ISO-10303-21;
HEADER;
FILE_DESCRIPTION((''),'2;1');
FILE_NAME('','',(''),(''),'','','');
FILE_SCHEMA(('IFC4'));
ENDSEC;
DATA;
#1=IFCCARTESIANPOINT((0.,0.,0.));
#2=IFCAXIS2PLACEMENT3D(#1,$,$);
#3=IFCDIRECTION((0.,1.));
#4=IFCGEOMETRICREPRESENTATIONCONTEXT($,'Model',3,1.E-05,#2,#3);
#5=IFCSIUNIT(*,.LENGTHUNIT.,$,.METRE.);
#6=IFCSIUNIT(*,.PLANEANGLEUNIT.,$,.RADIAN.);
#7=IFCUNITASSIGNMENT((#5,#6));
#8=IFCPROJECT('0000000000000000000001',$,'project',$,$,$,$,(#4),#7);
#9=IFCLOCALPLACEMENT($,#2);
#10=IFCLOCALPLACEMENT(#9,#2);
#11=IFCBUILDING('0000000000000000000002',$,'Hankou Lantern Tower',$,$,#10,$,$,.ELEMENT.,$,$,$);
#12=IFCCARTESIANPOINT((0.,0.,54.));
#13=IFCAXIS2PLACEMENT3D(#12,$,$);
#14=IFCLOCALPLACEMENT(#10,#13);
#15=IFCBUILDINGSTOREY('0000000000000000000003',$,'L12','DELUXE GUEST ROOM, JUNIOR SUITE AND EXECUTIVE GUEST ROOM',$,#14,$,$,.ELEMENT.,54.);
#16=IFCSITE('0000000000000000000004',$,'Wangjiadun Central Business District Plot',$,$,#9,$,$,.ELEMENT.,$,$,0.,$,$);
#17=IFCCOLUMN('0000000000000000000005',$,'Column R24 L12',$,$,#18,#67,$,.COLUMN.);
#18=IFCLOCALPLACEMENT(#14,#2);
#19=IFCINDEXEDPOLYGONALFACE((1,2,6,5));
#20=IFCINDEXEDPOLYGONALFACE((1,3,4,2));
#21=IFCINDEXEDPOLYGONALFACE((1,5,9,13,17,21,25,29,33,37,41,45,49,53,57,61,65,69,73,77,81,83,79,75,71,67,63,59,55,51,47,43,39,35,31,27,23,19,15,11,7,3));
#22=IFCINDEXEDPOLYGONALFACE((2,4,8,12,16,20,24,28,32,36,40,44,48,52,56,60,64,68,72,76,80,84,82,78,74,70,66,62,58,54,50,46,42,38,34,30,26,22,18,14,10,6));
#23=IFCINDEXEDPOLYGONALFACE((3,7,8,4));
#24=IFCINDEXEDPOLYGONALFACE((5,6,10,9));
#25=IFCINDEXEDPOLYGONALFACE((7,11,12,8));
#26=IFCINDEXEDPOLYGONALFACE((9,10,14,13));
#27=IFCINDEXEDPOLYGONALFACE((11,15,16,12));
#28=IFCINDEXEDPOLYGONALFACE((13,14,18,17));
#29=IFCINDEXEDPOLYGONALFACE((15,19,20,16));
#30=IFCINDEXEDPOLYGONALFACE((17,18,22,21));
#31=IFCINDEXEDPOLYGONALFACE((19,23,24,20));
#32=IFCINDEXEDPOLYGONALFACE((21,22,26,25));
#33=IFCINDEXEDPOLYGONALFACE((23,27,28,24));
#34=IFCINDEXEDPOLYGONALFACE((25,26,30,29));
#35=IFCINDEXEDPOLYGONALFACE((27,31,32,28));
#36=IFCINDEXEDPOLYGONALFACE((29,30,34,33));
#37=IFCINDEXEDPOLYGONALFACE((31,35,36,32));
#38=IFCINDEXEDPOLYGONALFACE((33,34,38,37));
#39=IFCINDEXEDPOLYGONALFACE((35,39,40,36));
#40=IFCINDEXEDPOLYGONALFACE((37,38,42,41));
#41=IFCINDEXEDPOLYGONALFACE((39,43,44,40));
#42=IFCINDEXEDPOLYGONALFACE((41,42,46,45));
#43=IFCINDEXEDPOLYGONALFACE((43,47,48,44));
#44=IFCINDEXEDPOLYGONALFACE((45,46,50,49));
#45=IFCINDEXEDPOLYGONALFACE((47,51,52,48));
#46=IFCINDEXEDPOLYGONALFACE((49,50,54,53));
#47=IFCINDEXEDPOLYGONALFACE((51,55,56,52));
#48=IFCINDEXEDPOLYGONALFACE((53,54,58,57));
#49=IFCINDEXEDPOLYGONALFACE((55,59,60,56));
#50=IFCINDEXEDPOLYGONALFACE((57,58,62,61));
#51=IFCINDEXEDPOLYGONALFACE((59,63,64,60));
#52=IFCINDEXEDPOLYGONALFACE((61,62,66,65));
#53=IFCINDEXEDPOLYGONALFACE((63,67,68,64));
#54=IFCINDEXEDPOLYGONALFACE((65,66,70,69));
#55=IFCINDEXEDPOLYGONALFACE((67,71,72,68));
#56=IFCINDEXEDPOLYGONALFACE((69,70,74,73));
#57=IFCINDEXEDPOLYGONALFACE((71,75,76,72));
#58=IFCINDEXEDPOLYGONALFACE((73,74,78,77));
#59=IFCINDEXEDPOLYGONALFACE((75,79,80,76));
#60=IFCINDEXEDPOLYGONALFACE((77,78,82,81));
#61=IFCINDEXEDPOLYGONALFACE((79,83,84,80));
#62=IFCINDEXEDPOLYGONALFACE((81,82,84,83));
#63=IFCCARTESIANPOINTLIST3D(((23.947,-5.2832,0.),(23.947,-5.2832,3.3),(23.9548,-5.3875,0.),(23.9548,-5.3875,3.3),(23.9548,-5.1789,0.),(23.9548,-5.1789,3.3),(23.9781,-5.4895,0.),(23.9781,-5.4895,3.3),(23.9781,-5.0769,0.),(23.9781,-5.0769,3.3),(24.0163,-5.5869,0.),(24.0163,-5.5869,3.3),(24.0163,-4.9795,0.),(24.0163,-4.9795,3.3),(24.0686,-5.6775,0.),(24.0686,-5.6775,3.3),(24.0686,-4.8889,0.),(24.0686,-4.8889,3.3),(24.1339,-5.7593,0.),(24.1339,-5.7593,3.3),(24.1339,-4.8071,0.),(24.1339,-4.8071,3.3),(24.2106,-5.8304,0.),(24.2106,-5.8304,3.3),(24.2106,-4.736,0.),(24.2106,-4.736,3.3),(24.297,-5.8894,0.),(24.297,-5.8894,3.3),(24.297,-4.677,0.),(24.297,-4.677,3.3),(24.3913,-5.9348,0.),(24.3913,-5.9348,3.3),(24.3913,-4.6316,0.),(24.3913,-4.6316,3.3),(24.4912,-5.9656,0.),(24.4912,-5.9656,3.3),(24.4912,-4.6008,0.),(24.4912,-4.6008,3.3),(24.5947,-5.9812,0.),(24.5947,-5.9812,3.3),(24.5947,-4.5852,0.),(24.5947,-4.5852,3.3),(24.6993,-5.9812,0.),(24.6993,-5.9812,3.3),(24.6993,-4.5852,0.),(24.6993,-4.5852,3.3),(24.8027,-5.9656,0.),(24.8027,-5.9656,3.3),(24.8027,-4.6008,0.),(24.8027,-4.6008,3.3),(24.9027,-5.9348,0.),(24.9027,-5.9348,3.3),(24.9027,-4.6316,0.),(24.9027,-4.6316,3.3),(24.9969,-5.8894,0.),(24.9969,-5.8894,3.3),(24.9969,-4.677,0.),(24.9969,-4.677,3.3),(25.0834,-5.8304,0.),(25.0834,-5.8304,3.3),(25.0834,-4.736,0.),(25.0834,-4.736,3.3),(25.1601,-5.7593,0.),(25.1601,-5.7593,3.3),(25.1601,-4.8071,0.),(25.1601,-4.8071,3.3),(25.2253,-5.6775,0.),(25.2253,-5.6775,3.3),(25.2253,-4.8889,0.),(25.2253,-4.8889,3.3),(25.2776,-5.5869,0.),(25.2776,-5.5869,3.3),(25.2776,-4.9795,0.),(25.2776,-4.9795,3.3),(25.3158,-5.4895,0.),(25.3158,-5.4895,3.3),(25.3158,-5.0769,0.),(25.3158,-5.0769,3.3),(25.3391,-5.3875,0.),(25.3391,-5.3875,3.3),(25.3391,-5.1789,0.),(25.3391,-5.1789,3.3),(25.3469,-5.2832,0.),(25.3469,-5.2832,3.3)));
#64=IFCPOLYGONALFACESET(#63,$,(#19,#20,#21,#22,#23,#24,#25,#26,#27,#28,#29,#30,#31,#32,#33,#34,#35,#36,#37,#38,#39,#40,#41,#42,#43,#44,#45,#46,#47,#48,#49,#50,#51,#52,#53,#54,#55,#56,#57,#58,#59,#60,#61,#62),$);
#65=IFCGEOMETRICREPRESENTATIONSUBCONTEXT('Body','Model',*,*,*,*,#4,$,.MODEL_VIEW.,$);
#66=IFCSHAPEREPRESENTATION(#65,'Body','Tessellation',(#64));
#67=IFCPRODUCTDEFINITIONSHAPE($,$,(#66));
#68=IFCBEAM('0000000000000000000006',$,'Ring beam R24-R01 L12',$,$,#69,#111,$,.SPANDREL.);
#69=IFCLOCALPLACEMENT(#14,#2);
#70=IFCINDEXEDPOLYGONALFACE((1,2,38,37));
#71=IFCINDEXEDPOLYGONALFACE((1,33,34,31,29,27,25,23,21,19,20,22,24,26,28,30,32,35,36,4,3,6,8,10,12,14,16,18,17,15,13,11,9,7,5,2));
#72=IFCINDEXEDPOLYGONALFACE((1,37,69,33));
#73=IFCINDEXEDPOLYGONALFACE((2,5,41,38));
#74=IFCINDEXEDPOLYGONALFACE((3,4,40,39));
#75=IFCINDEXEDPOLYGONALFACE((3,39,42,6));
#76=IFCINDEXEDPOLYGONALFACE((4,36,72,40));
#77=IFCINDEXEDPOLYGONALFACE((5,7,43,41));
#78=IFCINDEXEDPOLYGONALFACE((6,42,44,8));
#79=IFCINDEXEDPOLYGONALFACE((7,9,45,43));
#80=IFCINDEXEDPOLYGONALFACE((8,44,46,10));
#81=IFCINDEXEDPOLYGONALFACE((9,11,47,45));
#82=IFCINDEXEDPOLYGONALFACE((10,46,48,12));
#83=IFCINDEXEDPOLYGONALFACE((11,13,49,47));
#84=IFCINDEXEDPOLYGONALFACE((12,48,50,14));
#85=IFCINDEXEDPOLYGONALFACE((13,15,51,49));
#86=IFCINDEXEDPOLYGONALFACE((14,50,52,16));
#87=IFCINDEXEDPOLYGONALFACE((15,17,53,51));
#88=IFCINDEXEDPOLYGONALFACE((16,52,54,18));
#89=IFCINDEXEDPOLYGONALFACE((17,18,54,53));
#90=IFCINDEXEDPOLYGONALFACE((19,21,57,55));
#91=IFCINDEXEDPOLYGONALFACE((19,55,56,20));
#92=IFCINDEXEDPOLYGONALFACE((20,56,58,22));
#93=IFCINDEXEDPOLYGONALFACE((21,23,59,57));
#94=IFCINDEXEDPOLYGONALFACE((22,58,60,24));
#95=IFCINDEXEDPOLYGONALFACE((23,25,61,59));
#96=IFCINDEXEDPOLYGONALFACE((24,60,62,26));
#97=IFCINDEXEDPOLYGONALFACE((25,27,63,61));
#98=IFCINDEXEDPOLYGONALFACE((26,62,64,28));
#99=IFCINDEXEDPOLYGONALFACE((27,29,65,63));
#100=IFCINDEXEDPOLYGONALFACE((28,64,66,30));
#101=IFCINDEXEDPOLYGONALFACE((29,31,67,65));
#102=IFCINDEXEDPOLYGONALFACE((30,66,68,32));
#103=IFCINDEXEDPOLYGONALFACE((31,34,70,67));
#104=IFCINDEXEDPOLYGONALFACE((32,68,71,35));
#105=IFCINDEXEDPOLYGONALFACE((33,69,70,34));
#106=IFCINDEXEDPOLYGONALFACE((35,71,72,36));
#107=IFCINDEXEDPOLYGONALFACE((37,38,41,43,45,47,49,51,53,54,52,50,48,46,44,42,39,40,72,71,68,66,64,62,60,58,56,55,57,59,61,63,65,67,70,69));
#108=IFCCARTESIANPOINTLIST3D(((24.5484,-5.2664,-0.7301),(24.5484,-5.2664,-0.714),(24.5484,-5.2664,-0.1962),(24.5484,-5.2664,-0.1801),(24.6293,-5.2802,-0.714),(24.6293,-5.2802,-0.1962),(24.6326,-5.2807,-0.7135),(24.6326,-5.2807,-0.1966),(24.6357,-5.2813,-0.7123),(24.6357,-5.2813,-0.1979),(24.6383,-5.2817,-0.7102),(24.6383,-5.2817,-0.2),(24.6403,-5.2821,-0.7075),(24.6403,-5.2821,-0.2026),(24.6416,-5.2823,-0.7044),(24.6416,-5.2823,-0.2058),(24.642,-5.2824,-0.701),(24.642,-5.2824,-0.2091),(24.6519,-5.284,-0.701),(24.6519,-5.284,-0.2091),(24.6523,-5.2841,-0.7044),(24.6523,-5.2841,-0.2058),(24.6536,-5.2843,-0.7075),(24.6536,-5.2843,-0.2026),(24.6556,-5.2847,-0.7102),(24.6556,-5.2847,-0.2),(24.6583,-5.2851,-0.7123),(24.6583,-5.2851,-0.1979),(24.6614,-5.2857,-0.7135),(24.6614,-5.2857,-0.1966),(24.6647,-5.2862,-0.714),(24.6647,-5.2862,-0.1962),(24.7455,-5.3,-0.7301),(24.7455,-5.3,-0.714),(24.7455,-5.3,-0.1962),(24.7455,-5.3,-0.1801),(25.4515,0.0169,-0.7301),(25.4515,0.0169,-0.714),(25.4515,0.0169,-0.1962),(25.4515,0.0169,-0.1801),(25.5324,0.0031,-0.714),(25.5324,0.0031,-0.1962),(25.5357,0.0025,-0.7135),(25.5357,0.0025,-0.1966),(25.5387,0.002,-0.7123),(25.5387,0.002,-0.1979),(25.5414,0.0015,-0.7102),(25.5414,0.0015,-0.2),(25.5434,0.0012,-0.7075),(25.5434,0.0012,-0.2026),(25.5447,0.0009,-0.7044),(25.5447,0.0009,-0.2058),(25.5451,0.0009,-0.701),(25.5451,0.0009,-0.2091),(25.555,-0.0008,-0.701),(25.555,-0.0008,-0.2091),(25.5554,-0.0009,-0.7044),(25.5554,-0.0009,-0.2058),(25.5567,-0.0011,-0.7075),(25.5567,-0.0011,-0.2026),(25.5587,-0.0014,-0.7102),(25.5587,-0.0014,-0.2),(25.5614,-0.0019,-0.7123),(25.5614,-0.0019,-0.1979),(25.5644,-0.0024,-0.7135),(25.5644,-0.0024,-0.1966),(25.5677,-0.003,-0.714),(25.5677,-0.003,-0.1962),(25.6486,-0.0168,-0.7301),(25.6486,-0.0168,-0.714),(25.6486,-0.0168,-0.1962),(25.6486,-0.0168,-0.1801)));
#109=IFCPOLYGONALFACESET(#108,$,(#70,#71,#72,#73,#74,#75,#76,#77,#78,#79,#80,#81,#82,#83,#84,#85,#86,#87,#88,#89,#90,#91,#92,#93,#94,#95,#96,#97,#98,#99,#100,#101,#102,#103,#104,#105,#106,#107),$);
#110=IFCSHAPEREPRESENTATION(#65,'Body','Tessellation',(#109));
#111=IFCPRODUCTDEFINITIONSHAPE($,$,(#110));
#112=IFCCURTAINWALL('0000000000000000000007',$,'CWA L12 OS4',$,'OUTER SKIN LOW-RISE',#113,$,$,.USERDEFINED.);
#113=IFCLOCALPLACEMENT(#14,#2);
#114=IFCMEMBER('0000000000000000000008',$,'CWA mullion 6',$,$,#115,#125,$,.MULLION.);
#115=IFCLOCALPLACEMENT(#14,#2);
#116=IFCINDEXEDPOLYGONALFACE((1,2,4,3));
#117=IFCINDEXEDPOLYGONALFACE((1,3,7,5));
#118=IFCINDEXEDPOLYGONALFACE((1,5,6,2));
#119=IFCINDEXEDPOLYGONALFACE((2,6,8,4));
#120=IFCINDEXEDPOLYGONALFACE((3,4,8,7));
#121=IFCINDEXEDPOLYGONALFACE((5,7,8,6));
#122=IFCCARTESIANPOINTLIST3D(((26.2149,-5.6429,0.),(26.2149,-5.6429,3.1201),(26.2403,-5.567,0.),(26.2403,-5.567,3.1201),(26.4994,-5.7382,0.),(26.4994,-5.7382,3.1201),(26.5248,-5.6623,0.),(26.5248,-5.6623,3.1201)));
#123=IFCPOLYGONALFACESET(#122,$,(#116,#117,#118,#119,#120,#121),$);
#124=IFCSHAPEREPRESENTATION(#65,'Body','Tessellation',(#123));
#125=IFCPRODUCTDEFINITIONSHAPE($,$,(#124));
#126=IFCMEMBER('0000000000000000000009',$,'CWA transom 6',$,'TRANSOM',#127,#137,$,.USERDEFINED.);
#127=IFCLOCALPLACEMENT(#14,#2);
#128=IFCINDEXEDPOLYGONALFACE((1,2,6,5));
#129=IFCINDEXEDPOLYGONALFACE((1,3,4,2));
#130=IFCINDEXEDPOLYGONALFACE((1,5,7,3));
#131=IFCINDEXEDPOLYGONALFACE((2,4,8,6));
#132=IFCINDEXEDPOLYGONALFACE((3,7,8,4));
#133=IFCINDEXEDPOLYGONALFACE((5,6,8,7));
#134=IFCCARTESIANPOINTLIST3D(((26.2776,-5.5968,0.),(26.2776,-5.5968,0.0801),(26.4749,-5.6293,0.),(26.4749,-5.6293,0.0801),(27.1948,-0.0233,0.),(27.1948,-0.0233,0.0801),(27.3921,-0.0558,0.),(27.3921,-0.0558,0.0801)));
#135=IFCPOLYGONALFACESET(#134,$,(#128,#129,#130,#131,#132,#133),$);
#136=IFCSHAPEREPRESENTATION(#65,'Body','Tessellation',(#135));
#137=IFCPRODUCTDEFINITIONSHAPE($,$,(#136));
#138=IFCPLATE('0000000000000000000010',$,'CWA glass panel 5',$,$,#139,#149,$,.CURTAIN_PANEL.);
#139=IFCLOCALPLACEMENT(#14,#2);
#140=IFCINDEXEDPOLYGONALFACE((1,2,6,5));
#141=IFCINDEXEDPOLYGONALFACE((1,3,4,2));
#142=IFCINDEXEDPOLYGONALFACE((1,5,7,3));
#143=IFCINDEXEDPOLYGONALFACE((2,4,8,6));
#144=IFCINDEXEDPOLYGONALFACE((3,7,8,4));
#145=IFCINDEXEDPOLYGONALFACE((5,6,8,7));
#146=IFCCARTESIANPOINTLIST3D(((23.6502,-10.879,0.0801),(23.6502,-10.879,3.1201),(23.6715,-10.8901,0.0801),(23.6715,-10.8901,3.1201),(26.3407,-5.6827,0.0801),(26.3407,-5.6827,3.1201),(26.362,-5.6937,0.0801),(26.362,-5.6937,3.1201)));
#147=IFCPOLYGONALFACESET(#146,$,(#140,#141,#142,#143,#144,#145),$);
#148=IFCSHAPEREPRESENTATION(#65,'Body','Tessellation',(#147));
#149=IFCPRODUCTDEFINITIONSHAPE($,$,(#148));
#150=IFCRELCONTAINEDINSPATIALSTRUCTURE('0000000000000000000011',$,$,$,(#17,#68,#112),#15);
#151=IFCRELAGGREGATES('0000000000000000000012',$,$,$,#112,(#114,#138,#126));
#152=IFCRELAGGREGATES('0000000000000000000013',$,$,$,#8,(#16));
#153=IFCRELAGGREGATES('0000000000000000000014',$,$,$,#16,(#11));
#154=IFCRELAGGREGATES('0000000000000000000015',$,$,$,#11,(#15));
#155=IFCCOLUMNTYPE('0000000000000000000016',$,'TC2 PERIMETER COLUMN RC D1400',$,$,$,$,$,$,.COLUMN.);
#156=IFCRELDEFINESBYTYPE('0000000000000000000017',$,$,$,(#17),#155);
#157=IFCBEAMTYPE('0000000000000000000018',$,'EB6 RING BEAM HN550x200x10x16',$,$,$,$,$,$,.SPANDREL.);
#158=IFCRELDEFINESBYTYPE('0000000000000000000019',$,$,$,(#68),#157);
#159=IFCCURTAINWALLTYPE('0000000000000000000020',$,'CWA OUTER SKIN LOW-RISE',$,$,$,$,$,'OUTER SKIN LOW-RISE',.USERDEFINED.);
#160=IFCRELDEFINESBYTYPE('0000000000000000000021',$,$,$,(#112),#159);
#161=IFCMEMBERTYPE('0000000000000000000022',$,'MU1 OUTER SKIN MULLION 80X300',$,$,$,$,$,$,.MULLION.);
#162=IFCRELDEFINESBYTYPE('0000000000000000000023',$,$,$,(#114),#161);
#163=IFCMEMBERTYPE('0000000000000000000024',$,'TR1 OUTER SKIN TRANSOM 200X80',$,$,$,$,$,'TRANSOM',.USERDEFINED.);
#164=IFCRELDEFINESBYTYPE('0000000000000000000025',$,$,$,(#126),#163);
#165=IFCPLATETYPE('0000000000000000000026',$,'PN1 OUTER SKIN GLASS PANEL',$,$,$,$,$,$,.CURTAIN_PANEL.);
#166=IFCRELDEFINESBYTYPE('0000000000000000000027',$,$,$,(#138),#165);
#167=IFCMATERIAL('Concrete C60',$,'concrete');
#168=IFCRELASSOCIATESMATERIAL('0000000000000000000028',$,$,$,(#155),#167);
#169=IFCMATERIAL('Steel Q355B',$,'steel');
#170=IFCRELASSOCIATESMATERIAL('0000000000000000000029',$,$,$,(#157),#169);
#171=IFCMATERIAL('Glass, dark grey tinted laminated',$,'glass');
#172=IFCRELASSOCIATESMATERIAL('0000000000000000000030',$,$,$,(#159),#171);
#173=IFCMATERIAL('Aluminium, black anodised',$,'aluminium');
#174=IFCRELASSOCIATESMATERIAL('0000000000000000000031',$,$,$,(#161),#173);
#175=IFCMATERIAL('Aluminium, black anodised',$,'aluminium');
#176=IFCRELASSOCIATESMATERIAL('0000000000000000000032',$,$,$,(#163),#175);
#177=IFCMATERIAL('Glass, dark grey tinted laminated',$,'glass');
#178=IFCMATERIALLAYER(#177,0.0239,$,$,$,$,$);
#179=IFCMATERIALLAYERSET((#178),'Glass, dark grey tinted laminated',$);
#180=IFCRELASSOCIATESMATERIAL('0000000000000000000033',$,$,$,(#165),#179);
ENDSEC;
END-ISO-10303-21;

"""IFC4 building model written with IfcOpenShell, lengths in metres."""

from ifc_helpers import new_model, si_unit, direction, frame, origin, origin_2d, place, context, subcontext, project, spatial, rectangle, circle, i_section, extrude, material, layer, layer_set, material_profile, profile_set, type_object, element, aggregate, save


model = new_model("IFC4")

# Units and contexts
model_context = context("Model", 3, precision=1e-05, world=origin(), true_north=direction((0.0, 1.0)))
body_context = subcontext(model_context, "Body", "Model", "MODEL_VIEW")
ifc_project = project(units=[si_unit("LENGTHUNIT", "METRE"), si_unit("PLANEANGLEUNIT", "RADIAN")], contexts=[model_context])

# Site, building, storey
site_placement = place(None, origin())
site = spatial("IfcSite", under=ifc_project, at=site_placement, Name="Wangjiadun Central Business District Plot", CompositionType="ELEMENT", RefElevation=0.0)
building_placement = place(site_placement, origin())
building = spatial("IfcBuilding", under=site, at=building_placement, Name="Hankou Lantern Tower", CompositionType="ELEMENT")
storey_placement = place(building_placement, frame((0.0, 0.0, 54.0)))
storey = spatial("IfcBuildingStorey", under=building, at=storey_placement, Name="L12", Description="DELUXE GUEST ROOM, JUNIOR SUITE AND EXECUTIVE GUEST ROOM", CompositionType="ELEMENT", Elevation=54.0)

# Column
ifc_material_1 = material(Name="Concrete C60", Category="concrete")
ifc_material_profile_1 = material_profile(ifc_material_1, circle(Radius=0.7, at=origin_2d()), Name="RC D1400")
ifc_profile_set_1 = profile_set([ifc_material_profile_1], Name="Concrete C60")
column_type = type_object("IfcColumnType", Name="TC2 PERIMETER COLUMN RC D1400", PredefinedType="COLUMN", material=ifc_profile_set_1)
column_placement = place(storey_placement, frame((24.647, -5.2832, 0.0), z_axis=(0.0, 0.0, 1.0), x_axis=(1.0, 0.0, 0.0)))
element("IfcColumn", 1, at=column_placement, inside=storey, type_object=column_type, Name="Column R24 L12", PredefinedType="COLUMN", context=body_context, shape_type="SweptSolid", body=[
    extrude(circle(Radius=0.7, at=origin_2d()), origin(), (0.0, 0.0, 1.0), 3.3),
])

# Beam
ifc_material_2 = material(Name="Steel Q355B", Category="steel")
ifc_material_profile_2 = material_profile(ifc_material_2, i_section(OverallWidth=0.2, OverallDepth=0.55, WebThickness=0.01, FlangeThickness=0.0161, FilletRadius=0.0129, at=origin_2d()), Name="HN550x200x10x16")
ifc_profile_set_2 = profile_set([ifc_material_profile_2], Name="Steel Q355B")
beam_type = type_object("IfcBeamType", Name="EB6 RING BEAM HN550x200x10x16", PredefinedType="SPANDREL", material=ifc_profile_set_2)
beam_placement = place(storey_placement, frame((24.647, -5.2832, -0.4551), z_axis=(0.16849, 0.985703, 0.0), x_axis=(-0.985703, 0.16849, 0.0)))
element("IfcBeam", 2, at=beam_placement, inside=storey, type_object=beam_type, Name="Ring beam R24-R01 L12", PredefinedType="SPANDREL", context=body_context, shape_type="SweptSolid", body=[
    extrude(i_section(OverallWidth=0.2, OverallDepth=0.55, WebThickness=0.01, FlangeThickness=0.0161, FilletRadius=0.0129, at=origin_2d()), origin(), (0.0, 0.0, 1.0), 5.3599),
])

# Curtain wall, members, plate
ifc_material_3 = material(Name="Glass, dark grey tinted laminated", Category="glass")
curtain_wall_type = type_object("IfcCurtainWallType", Name="CWA OUTER SKIN LOW-RISE", ElementType="OUTER SKIN LOW-RISE", PredefinedType="USERDEFINED", material=ifc_material_3)
curtain_wall_placement = place(storey_placement, origin())
curtain_wall = element("IfcCurtainWall", 3, at=curtain_wall_placement, inside=storey, type_object=curtain_wall_type, Name="CWA L12 OS4", ObjectType="OUTER SKIN LOW-RISE", PredefinedType="USERDEFINED")
ifc_material_4 = material(Name="Aluminium, black anodised", Category="aluminium")
ifc_material_profile_3 = material_profile(ifc_material_4, rectangle(XDim=0.0801, YDim=0.3, at=origin_2d()), Name="MU1 80X300")
ifc_profile_set_3 = profile_set([ifc_material_profile_3], Name="Aluminium, black anodised")
member_type_1 = type_object("IfcMemberType", Name="MU1 OUTER SKIN MULLION 80X300", PredefinedType="MULLION", material=ifc_profile_set_3)
member_1_placement = place(storey_placement, frame((26.3699, -5.6526, 0.0), z_axis=(0.0, 0.0, 1.0), x_axis=(0.317596, 0.948226, 0.0)))
member_1 = element("IfcMember", 4, at=member_1_placement, type_object=member_type_1, Name="CWA mullion 6", PredefinedType="MULLION", context=body_context, shape_type="SweptSolid", body=[
    extrude(rectangle(XDim=0.0801, YDim=0.3, at=origin_2d()), origin(), (0.0, 0.0, 1.0), 3.1201),
])
ifc_material_5 = material(Name="Aluminium, black anodised", Category="aluminium")
ifc_material_profile_4 = material_profile(ifc_material_5, rectangle(XDim=0.2, YDim=0.0801, at=origin_2d()), Name="TR1 200X80")
ifc_profile_set_4 = profile_set([ifc_material_profile_4], Name="Aluminium, black anodised")
member_type_2 = type_object("IfcMemberType", Name="TR1 OUTER SKIN TRANSOM 200X80", ElementType="TRANSOM", PredefinedType="USERDEFINED", material=ifc_profile_set_4)
member_2_placement = place(storey_placement, frame((26.3762, -5.613, 0.04), z_axis=(0.162387, 0.986727, 0.0), x_axis=(-0.986727, 0.162387, 0.0)))
member_2 = element("IfcMember", 5, at=member_2_placement, type_object=member_type_2, Name="CWA transom 6", ObjectType="TRANSOM", PredefinedType="USERDEFINED", context=body_context, shape_type="SweptSolid", body=[
    extrude(rectangle(XDim=0.2, YDim=0.0801, at=origin_2d()), origin(), (0.0, 0.0, 1.0), 5.6484),
])
ifc_material_6 = material(Name="Glass, dark grey tinted laminated", Category="glass")
ifc_layer_1 = layer(ifc_material_6, 0.0239)
ifc_layer_set_1 = layer_set([ifc_layer_1], Name="Glass, dark grey tinted laminated")
plate_type = type_object("IfcPlateType", Name="PN1 OUTER SKIN GLASS PANEL", PredefinedType="CURTAIN_PANEL", material=ifc_layer_set_1)
plate_placement = place(storey_placement, frame((25.0061, -8.2864, 0.0801), z_axis=(0.0, 0.0, 1.0), x_axis=(0.459791, 0.888027, 0.0)))
plate = element("IfcPlate", 6, at=plate_placement, type_object=plate_type, Name="CWA glass panel 5", PredefinedType="CURTAIN_PANEL", context=body_context, shape_type="SweptSolid", body=[
    extrude(rectangle(XDim=5.8516, YDim=0.0239, at=origin_2d()), origin(), (0.0, 0.0, 1.0), 3.04),
])
aggregate(curtain_wall, [member_1, plate, member_2])

save(model, "model.ifc")
